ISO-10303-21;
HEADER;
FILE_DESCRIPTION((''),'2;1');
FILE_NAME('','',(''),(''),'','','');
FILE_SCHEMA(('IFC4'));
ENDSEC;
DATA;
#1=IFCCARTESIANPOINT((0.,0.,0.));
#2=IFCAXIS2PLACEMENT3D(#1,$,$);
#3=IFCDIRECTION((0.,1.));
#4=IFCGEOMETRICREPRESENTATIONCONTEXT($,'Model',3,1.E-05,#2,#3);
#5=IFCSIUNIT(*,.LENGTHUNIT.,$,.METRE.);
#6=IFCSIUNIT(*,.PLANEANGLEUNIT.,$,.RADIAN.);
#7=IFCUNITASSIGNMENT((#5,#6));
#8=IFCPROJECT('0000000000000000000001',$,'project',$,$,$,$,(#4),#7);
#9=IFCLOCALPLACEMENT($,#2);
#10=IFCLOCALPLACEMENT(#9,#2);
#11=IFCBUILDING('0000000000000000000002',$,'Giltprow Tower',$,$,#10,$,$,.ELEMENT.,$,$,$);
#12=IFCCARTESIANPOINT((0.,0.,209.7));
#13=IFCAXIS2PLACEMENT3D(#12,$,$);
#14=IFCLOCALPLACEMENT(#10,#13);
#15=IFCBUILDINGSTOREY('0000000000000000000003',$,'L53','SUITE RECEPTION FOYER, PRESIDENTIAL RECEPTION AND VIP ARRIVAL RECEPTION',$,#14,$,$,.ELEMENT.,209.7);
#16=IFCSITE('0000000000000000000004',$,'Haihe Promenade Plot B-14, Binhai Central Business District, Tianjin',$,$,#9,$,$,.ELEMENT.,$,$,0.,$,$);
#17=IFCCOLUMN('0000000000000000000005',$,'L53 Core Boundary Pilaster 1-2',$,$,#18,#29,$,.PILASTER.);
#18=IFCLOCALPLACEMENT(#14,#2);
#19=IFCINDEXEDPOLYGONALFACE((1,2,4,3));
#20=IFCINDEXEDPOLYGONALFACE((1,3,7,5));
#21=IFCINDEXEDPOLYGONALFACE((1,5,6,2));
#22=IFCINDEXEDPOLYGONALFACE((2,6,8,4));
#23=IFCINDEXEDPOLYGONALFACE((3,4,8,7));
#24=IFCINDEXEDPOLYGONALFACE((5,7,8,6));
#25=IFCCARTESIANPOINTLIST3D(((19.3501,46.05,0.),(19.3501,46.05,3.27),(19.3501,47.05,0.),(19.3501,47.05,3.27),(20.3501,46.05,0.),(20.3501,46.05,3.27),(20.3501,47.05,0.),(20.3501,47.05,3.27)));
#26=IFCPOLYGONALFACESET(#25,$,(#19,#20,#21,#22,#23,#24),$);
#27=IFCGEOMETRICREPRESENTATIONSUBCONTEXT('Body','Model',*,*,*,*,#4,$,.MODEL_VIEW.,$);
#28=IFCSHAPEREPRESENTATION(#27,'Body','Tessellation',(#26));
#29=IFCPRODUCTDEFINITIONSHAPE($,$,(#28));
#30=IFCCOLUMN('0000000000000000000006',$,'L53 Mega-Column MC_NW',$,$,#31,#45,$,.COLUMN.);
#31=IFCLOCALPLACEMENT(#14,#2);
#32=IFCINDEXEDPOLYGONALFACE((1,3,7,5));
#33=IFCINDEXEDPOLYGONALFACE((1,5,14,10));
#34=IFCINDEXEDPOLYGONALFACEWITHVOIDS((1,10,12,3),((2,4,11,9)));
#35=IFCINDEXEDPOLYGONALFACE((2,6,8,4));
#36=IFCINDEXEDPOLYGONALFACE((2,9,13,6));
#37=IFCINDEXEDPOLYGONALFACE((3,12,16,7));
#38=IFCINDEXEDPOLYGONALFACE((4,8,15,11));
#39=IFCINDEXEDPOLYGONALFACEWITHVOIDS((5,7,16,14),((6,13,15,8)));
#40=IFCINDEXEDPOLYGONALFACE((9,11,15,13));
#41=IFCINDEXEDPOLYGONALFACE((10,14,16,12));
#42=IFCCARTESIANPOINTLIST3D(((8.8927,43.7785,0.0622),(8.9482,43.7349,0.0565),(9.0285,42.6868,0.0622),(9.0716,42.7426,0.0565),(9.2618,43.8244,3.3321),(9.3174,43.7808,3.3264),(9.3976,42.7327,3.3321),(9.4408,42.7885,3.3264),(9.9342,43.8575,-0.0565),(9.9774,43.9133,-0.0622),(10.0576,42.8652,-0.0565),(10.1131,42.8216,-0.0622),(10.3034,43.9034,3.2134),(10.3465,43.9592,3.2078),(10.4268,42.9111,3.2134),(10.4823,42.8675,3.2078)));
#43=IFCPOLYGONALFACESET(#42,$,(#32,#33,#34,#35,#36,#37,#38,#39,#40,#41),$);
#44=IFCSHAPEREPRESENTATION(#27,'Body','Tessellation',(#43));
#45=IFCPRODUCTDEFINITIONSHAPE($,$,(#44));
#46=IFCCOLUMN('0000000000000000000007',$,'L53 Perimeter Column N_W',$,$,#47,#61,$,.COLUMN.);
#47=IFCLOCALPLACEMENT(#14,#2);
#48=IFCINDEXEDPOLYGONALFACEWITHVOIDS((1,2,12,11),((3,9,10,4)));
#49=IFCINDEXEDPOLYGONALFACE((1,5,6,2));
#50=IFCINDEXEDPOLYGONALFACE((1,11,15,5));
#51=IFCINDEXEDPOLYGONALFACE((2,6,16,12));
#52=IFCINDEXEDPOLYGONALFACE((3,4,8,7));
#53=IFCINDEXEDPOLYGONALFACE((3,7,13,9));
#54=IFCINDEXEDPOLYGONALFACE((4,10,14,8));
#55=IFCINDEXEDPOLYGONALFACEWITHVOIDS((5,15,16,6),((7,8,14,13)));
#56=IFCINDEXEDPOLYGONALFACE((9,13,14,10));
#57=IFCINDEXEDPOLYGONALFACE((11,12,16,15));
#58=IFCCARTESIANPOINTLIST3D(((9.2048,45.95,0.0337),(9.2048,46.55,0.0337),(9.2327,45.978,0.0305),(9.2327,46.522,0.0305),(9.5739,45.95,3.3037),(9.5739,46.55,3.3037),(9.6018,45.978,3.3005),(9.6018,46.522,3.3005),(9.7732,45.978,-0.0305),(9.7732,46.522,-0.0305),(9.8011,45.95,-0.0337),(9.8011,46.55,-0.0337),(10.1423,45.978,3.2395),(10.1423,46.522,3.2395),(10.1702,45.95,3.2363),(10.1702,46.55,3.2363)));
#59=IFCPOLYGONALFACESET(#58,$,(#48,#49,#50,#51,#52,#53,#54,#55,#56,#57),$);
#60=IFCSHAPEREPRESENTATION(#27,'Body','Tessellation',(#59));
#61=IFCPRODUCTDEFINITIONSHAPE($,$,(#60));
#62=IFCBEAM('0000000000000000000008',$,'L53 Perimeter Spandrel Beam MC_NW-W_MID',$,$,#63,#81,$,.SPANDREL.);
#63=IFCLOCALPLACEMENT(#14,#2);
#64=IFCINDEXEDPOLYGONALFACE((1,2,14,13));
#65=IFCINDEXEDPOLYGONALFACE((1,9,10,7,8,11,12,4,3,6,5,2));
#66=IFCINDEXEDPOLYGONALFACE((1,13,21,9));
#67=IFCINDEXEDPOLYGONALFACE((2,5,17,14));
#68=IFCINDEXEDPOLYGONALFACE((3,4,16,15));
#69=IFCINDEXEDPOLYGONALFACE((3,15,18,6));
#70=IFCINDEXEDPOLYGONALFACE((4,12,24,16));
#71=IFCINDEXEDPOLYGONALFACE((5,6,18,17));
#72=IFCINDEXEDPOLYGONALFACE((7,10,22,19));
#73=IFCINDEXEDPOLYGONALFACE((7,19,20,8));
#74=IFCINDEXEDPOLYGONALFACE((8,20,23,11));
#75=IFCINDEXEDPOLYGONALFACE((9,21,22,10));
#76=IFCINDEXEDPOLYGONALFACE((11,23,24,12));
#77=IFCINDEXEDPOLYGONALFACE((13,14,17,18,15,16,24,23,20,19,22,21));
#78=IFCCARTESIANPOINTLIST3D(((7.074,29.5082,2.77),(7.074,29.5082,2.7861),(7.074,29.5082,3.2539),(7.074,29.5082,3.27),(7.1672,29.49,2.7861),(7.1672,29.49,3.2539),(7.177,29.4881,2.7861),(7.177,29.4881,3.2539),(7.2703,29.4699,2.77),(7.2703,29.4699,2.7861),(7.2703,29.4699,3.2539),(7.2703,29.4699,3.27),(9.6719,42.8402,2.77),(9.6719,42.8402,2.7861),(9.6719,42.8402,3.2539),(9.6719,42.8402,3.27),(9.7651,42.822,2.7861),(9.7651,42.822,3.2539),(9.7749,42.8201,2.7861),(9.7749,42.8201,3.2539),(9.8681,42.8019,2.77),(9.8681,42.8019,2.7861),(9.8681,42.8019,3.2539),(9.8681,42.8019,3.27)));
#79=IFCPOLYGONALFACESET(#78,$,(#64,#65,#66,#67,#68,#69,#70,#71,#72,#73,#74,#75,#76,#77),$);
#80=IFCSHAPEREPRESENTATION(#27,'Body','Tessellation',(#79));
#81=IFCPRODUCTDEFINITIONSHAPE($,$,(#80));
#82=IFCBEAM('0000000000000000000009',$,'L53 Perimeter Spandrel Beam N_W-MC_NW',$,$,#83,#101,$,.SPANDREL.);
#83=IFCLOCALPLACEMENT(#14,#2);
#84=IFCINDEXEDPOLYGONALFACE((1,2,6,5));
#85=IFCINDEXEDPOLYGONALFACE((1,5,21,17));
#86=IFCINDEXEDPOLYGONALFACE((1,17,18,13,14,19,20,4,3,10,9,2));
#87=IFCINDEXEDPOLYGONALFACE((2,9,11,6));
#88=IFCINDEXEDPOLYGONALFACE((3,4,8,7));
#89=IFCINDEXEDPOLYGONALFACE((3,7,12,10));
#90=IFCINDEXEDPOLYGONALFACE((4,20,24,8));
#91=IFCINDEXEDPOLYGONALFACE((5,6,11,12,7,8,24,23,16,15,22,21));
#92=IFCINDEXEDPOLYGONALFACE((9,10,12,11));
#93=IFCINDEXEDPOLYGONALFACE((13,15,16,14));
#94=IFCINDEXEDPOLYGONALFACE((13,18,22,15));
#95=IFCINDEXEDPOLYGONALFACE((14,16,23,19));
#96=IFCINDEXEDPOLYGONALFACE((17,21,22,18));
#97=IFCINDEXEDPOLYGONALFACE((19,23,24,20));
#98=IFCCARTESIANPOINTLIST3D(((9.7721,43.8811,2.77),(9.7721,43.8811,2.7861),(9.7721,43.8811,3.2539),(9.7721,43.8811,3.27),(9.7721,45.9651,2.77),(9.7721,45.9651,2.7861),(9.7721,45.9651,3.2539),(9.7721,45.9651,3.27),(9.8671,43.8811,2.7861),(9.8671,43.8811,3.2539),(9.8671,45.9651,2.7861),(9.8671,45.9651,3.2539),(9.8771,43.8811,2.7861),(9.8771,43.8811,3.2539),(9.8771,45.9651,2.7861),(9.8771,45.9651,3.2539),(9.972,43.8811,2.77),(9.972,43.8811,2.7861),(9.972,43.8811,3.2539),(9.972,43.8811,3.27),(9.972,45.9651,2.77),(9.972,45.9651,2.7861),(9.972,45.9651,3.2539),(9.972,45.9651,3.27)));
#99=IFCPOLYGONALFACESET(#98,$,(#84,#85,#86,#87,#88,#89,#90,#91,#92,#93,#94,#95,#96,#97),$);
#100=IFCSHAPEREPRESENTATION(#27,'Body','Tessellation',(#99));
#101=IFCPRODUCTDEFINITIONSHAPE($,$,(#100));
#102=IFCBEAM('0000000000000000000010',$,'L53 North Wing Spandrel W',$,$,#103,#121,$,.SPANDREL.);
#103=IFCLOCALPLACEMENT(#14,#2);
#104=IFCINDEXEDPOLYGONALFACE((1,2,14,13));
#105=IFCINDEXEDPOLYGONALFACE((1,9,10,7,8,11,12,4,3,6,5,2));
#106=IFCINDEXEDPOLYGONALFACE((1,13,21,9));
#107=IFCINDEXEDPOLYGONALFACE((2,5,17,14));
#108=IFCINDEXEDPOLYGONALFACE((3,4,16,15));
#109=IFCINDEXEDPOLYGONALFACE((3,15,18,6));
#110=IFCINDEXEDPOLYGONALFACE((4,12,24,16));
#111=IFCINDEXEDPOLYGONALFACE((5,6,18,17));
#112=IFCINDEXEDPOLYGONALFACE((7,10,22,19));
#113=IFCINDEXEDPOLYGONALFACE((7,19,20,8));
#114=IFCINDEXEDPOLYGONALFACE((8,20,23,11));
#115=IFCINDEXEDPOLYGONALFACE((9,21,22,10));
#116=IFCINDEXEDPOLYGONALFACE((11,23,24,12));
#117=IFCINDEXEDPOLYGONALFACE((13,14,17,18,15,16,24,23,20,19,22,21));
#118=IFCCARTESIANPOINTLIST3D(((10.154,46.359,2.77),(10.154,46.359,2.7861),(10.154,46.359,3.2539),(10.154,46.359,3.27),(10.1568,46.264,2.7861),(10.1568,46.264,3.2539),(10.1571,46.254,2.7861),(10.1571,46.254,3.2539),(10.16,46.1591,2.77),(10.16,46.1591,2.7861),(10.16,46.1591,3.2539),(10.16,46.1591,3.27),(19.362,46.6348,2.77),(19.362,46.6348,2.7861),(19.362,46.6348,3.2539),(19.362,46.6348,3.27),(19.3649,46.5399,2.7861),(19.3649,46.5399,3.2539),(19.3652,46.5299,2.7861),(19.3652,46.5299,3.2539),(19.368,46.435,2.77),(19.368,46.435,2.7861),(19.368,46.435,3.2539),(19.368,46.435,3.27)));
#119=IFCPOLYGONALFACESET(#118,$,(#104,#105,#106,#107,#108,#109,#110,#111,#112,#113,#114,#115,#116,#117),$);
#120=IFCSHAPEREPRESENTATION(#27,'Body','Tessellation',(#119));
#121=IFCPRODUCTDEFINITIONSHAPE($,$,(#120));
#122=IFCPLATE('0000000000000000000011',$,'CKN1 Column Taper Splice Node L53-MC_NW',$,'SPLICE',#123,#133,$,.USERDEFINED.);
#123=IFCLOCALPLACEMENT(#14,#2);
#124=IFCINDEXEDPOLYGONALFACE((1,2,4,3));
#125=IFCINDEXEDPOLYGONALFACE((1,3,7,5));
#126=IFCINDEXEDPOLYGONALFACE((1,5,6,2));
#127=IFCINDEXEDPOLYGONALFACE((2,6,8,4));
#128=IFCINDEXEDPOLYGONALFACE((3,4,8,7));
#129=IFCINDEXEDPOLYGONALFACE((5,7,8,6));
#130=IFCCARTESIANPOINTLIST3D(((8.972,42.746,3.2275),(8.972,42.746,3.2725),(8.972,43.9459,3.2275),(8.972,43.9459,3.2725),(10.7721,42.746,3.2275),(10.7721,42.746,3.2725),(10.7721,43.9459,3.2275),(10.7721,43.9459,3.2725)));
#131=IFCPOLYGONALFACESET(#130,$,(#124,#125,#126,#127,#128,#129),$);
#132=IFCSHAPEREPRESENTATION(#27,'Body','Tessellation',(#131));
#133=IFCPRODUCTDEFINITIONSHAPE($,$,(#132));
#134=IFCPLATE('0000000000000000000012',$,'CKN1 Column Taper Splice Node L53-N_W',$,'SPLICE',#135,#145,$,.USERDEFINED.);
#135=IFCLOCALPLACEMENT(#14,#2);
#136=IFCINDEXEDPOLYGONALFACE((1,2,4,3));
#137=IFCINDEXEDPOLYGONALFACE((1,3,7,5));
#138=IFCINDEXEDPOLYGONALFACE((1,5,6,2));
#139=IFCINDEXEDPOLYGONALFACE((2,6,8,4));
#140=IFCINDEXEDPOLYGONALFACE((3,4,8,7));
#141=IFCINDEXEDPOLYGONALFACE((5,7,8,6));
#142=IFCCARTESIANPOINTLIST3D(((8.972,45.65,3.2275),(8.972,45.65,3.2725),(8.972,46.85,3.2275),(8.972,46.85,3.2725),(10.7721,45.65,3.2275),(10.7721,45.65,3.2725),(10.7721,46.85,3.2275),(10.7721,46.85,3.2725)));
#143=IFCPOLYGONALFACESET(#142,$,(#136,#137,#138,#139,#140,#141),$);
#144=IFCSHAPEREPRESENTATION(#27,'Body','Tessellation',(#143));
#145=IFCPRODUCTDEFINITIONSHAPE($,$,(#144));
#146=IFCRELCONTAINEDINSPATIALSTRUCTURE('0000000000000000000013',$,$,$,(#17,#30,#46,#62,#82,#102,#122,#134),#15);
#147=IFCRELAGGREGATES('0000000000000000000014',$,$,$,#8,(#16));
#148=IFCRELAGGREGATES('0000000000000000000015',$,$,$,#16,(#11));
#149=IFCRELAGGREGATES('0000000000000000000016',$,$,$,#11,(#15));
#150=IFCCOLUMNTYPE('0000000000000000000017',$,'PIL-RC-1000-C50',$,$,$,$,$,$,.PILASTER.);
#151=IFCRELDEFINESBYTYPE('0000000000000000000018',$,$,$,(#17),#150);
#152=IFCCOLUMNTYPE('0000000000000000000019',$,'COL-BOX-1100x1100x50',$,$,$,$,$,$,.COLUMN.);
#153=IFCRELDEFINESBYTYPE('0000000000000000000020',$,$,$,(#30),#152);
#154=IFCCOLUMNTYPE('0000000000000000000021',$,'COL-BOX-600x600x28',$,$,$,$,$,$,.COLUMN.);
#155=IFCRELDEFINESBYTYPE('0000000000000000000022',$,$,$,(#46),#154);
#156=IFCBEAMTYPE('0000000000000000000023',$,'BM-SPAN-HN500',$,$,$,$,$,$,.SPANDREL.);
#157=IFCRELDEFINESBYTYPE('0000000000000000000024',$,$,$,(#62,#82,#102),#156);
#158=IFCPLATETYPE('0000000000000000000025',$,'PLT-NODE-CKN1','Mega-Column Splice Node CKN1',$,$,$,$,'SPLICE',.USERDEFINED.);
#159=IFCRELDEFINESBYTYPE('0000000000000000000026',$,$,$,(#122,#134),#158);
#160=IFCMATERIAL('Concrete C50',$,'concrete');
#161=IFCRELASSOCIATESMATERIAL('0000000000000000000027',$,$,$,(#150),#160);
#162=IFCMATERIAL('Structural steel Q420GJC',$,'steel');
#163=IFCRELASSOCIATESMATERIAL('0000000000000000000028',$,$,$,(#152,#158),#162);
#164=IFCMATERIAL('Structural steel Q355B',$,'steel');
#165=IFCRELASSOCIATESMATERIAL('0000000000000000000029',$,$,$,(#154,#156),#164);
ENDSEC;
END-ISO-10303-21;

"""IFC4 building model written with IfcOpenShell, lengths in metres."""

from ifc_helpers import new_model, si_unit, direction, frame, origin, origin_2d, place, context, subcontext, project, spatial, rectangle, hollow_rectangle, i_section, extrude, source, transform, mapped, material, material_profile, profile_set, type_object, element, save


model = new_model("IFC4")

# Units and contexts
model_context = context("Model", 3, precision=1e-05, world=origin(), true_north=direction((0.0, 1.0)))
body_context = subcontext(model_context, "Body", "Model", "MODEL_VIEW")
ifc_project = project(units=[si_unit("LENGTHUNIT", "METRE"), si_unit("PLANEANGLEUNIT", "RADIAN")], contexts=[model_context])

# Site, building, storey
site_placement = place(None, origin())
site = spatial("IfcSite", under=ifc_project, at=site_placement, Name="Haihe Promenade Plot B-14, Binhai Central Business District, Tianjin", CompositionType="ELEMENT", RefElevation=0.0)
building_placement = place(site_placement, origin())
building = spatial("IfcBuilding", under=site, at=building_placement, Name="Giltprow Tower", CompositionType="ELEMENT")
storey_placement = place(building_placement, frame((0.0, 0.0, 209.7)))
storey = spatial("IfcBuildingStorey", under=building, at=storey_placement, Name="L53", Description="SUITE RECEPTION FOYER, PRESIDENTIAL RECEPTION AND VIP ARRIVAL RECEPTION", CompositionType="ELEMENT", Elevation=209.7)

# Columns
ifc_material_1 = material(Name="Concrete C50", Category="concrete")
ifc_material_profile_1 = material_profile(ifc_material_1, rectangle(XDim=1.0, YDim=1.0, at=origin_2d()), Name="RC 1000x1000")
ifc_profile_set_1 = profile_set([ifc_material_profile_1], Name="Concrete C50")
column_type_1 = type_object("IfcColumnType", Name="PIL-RC-1000-C50", PredefinedType="PILASTER", material=ifc_profile_set_1)
shared_shape_1 = source(origin(), body_context, "Body", "SweptSolid", [
    extrude(rectangle(XDim=1.0, YDim=1.0, at=origin_2d()), origin(), (0.0, 0.0, 1.0), 3.27),
])
column_1_placement = place(storey_placement, frame((19.8501, 46.55, 0.0), z_axis=(0.0, 0.0, 1.0), x_axis=(1.0, 0.0, 0.0)))
element("IfcColumn", 1, at=column_1_placement, inside=storey, type_object=column_type_1, Name="L53 Core Boundary Pilaster 1-2", PredefinedType="PILASTER", context=body_context, shape_type="MappedRepresentation", body=[
    mapped(shared_shape_1, transform((0.0, 0.0, 0.0), x_axis=(1.0, 0.0, 0.0), y_axis=(0.0, 1.0, 0.0), z_axis=(0.0, 0.0, 1.0), scale=1.0)),
])
ifc_material_2 = material(Name="Structural steel Q420GJC", Category="steel")
ifc_material_profile_2 = material_profile(ifc_material_2, hollow_rectangle(XDim=1.1001, YDim=1.1001, WallThickness=0.05, at=origin_2d()), Name="BOX 1100x1100x50")
ifc_profile_set_2 = profile_set([ifc_material_profile_2], Name="Structural steel Q420GJC")
column_type_2 = type_object("IfcColumnType", Name="COL-BOX-1100x1100x50", PredefinedType="COLUMN", material=ifc_profile_set_2)
shared_shape_2 = source(origin(), body_context, "Body", "SweptSolid", [
    extrude(hollow_rectangle(XDim=1.1001, YDim=1.1001, WallThickness=0.05, at=origin_2d()), origin(), (0.0, 0.0, 1.0), 3.291),
])
column_2_placement = place(storey_placement, frame((9.5029, 43.3, 0.0), z_axis=(0.112163, 0.013946, 0.993592), x_axis=(-0.123388, 0.992358, 0.0)))
element("IfcColumn", 2, at=column_2_placement, inside=storey, type_object=column_type_2, Name="L53 Mega-Column MC_NW", PredefinedType="COLUMN", context=body_context, shape_type="MappedRepresentation", body=[
    mapped(shared_shape_2, transform((0.0, 0.0, 0.0), x_axis=(1.0, 0.0, 0.0), y_axis=(0.0, 1.0, 0.0), z_axis=(0.0, 0.0, 1.0), scale=1.0)),
])
ifc_material_3 = material(Name="Structural steel Q355B", Category="steel")
ifc_material_profile_3 = material_profile(ifc_material_3, hollow_rectangle(XDim=0.6001, YDim=0.6001, WallThickness=0.0281, at=origin_2d()), Name="BOX 600x600x28")
ifc_profile_set_3 = profile_set([ifc_material_profile_3], Name="Structural steel Q355B")
column_type_3 = type_object("IfcColumnType", Name="COL-BOX-600x600x28", PredefinedType="COLUMN", material=ifc_profile_set_3)
shared_shape_3 = source(origin(), body_context, "Body", "SweptSolid", [
    extrude(hollow_rectangle(XDim=0.6001, YDim=0.6001, WallThickness=0.0281, at=origin_2d()), origin(), (0.0, 0.0, 1.0), 3.2908),
])
column_3_placement = place(storey_placement, frame((9.5029, 46.25, 0.0), z_axis=(0.112174, 0.0, 0.993689), x_axis=(0.0, 1.0, 0.0)))
element("IfcColumn", 3, at=column_3_placement, inside=storey, type_object=column_type_3, Name="L53 Perimeter Column N_W", PredefinedType="COLUMN", context=body_context, shape_type="MappedRepresentation", body=[
    mapped(shared_shape_3, transform((0.0, 0.0, 0.0), x_axis=(1.0, 0.0, 0.0), y_axis=(0.0, 1.0, 0.0), z_axis=(0.0, 0.0, 1.0), scale=1.0)),
])

# Beams
ifc_material_profile_4 = material_profile(ifc_material_3, i_section(OverallWidth=0.2, OverallDepth=0.5, WebThickness=0.01, FlangeThickness=0.0161, at=origin_2d()), Name="HN 500x200x10x16")
ifc_profile_set_4 = profile_set([ifc_material_profile_4], Name="Structural steel Q355B")
beam_type = type_object("IfcBeamType", Name="BM-SPAN-HN500", PredefinedType="SPANDREL", material=ifc_profile_set_4)
shared_shape_4 = source(origin(), body_context, "Body", "SweptSolid", [
    extrude(i_section(OverallWidth=0.2, OverallDepth=0.5, WebThickness=0.01, FlangeThickness=0.0161, at=origin_2d()), origin(), (0.0, 0.0, 1.0), 13.5828),
])
beam_1_placement = place(storey_placement, frame((9.77, 42.821, 3.02), z_axis=(-0.191264, -0.981539, 0.0), x_axis=(0.981539, -0.191264, 0.0)))
element("IfcBeam", 4, at=beam_1_placement, inside=storey, type_object=beam_type, Name="L53 Perimeter Spandrel Beam MC_NW-W_MID", PredefinedType="SPANDREL", context=body_context, shape_type="MappedRepresentation", body=[
    mapped(shared_shape_4, transform((0.0, 0.0, 0.0), x_axis=(1.0, 0.0, 0.0), y_axis=(0.0, 1.0, 0.0), z_axis=(0.0, 0.0, 1.0), scale=1.0)),
])
shared_shape_5 = source(origin(), body_context, "Body", "SweptSolid", [
    extrude(i_section(OverallWidth=0.2, OverallDepth=0.5, WebThickness=0.01, FlangeThickness=0.0161, at=origin_2d()), origin(), (0.0, 0.0, 1.0), 2.084),
])
beam_2_placement = place(storey_placement, frame((9.8721, 45.9651, 3.02), z_axis=(0.0, -1.0, 0.0), x_axis=(1.0, 0.0, 0.0)))
element("IfcBeam", 5, at=beam_2_placement, inside=storey, type_object=beam_type, Name="L53 Perimeter Spandrel Beam N_W-MC_NW", PredefinedType="SPANDREL", context=body_context, shape_type="MappedRepresentation", body=[
    mapped(shared_shape_5, transform((0.0, 0.0, 0.0), x_axis=(1.0, 0.0, 0.0), y_axis=(0.0, 1.0, 0.0), z_axis=(0.0, 0.0, 1.0), scale=1.0)),
])
shared_shape_6 = source(origin(), body_context, "Body", "SweptSolid", [
    extrude(i_section(OverallWidth=0.2, OverallDepth=0.5, WebThickness=0.01, FlangeThickness=0.0161, at=origin_2d()), origin(), (0.0, 0.0, 1.0), 9.2122),
])
beam_3_placement = place(storey_placement, frame((10.157, 46.259, 3.02), z_axis=(0.999551, 0.029947, 0.0), x_axis=(-0.029947, 0.999551, 0.0)))
element("IfcBeam", 6, at=beam_3_placement, inside=storey, type_object=beam_type, Name="L53 North Wing Spandrel W", PredefinedType="SPANDREL", context=body_context, shape_type="MappedRepresentation", body=[
    mapped(shared_shape_6, transform((0.0, 0.0, 0.0), x_axis=(1.0, 0.0, 0.0), y_axis=(0.0, 1.0, 0.0), z_axis=(0.0, 0.0, 1.0), scale=1.0)),
])

# Plates
plate_type = type_object("IfcPlateType", Name="PLT-NODE-CKN1", Description="Mega-Column Splice Node CKN1", ElementType="SPLICE", PredefinedType="USERDEFINED", material=ifc_material_2)
shared_shape_7 = source(origin(), body_context, "Body", "SweptSolid", [
    extrude(rectangle(XDim=1.8, YDim=1.2, at=origin_2d()), origin(), (0.0, 0.0, 1.0), 0.0449),
])
for number, where, z_axis, x_axis, name in (
    (7, (9.8721, 43.3459, 3.2275), (0.0, 0.0, 1.0), (1.0, 0.0, 0.0), "CKN1 Column Taper Splice Node L53-MC_NW"),
    (8, (9.8721, 46.25, 3.2275), (0.0, 0.0, 1.0), (1.0, 0.0, 0.0), "CKN1 Column Taper Splice Node L53-N_W"),
):
    element("IfcPlate", number, at=place(storey_placement, frame(where, z_axis=z_axis, x_axis=x_axis)), inside=storey, type_object=plate_type, Name=name, ObjectType="SPLICE", PredefinedType="USERDEFINED", context=body_context, shape_type="MappedRepresentation", body=[
        mapped(shared_shape_7, transform((0.0, 0.0, 0.0), x_axis=(1.0, 0.0, 0.0), y_axis=(0.0, 1.0, 0.0), z_axis=(0.0, 0.0, 1.0), scale=1.0)),
    ])

save(model, "model.ifc")
